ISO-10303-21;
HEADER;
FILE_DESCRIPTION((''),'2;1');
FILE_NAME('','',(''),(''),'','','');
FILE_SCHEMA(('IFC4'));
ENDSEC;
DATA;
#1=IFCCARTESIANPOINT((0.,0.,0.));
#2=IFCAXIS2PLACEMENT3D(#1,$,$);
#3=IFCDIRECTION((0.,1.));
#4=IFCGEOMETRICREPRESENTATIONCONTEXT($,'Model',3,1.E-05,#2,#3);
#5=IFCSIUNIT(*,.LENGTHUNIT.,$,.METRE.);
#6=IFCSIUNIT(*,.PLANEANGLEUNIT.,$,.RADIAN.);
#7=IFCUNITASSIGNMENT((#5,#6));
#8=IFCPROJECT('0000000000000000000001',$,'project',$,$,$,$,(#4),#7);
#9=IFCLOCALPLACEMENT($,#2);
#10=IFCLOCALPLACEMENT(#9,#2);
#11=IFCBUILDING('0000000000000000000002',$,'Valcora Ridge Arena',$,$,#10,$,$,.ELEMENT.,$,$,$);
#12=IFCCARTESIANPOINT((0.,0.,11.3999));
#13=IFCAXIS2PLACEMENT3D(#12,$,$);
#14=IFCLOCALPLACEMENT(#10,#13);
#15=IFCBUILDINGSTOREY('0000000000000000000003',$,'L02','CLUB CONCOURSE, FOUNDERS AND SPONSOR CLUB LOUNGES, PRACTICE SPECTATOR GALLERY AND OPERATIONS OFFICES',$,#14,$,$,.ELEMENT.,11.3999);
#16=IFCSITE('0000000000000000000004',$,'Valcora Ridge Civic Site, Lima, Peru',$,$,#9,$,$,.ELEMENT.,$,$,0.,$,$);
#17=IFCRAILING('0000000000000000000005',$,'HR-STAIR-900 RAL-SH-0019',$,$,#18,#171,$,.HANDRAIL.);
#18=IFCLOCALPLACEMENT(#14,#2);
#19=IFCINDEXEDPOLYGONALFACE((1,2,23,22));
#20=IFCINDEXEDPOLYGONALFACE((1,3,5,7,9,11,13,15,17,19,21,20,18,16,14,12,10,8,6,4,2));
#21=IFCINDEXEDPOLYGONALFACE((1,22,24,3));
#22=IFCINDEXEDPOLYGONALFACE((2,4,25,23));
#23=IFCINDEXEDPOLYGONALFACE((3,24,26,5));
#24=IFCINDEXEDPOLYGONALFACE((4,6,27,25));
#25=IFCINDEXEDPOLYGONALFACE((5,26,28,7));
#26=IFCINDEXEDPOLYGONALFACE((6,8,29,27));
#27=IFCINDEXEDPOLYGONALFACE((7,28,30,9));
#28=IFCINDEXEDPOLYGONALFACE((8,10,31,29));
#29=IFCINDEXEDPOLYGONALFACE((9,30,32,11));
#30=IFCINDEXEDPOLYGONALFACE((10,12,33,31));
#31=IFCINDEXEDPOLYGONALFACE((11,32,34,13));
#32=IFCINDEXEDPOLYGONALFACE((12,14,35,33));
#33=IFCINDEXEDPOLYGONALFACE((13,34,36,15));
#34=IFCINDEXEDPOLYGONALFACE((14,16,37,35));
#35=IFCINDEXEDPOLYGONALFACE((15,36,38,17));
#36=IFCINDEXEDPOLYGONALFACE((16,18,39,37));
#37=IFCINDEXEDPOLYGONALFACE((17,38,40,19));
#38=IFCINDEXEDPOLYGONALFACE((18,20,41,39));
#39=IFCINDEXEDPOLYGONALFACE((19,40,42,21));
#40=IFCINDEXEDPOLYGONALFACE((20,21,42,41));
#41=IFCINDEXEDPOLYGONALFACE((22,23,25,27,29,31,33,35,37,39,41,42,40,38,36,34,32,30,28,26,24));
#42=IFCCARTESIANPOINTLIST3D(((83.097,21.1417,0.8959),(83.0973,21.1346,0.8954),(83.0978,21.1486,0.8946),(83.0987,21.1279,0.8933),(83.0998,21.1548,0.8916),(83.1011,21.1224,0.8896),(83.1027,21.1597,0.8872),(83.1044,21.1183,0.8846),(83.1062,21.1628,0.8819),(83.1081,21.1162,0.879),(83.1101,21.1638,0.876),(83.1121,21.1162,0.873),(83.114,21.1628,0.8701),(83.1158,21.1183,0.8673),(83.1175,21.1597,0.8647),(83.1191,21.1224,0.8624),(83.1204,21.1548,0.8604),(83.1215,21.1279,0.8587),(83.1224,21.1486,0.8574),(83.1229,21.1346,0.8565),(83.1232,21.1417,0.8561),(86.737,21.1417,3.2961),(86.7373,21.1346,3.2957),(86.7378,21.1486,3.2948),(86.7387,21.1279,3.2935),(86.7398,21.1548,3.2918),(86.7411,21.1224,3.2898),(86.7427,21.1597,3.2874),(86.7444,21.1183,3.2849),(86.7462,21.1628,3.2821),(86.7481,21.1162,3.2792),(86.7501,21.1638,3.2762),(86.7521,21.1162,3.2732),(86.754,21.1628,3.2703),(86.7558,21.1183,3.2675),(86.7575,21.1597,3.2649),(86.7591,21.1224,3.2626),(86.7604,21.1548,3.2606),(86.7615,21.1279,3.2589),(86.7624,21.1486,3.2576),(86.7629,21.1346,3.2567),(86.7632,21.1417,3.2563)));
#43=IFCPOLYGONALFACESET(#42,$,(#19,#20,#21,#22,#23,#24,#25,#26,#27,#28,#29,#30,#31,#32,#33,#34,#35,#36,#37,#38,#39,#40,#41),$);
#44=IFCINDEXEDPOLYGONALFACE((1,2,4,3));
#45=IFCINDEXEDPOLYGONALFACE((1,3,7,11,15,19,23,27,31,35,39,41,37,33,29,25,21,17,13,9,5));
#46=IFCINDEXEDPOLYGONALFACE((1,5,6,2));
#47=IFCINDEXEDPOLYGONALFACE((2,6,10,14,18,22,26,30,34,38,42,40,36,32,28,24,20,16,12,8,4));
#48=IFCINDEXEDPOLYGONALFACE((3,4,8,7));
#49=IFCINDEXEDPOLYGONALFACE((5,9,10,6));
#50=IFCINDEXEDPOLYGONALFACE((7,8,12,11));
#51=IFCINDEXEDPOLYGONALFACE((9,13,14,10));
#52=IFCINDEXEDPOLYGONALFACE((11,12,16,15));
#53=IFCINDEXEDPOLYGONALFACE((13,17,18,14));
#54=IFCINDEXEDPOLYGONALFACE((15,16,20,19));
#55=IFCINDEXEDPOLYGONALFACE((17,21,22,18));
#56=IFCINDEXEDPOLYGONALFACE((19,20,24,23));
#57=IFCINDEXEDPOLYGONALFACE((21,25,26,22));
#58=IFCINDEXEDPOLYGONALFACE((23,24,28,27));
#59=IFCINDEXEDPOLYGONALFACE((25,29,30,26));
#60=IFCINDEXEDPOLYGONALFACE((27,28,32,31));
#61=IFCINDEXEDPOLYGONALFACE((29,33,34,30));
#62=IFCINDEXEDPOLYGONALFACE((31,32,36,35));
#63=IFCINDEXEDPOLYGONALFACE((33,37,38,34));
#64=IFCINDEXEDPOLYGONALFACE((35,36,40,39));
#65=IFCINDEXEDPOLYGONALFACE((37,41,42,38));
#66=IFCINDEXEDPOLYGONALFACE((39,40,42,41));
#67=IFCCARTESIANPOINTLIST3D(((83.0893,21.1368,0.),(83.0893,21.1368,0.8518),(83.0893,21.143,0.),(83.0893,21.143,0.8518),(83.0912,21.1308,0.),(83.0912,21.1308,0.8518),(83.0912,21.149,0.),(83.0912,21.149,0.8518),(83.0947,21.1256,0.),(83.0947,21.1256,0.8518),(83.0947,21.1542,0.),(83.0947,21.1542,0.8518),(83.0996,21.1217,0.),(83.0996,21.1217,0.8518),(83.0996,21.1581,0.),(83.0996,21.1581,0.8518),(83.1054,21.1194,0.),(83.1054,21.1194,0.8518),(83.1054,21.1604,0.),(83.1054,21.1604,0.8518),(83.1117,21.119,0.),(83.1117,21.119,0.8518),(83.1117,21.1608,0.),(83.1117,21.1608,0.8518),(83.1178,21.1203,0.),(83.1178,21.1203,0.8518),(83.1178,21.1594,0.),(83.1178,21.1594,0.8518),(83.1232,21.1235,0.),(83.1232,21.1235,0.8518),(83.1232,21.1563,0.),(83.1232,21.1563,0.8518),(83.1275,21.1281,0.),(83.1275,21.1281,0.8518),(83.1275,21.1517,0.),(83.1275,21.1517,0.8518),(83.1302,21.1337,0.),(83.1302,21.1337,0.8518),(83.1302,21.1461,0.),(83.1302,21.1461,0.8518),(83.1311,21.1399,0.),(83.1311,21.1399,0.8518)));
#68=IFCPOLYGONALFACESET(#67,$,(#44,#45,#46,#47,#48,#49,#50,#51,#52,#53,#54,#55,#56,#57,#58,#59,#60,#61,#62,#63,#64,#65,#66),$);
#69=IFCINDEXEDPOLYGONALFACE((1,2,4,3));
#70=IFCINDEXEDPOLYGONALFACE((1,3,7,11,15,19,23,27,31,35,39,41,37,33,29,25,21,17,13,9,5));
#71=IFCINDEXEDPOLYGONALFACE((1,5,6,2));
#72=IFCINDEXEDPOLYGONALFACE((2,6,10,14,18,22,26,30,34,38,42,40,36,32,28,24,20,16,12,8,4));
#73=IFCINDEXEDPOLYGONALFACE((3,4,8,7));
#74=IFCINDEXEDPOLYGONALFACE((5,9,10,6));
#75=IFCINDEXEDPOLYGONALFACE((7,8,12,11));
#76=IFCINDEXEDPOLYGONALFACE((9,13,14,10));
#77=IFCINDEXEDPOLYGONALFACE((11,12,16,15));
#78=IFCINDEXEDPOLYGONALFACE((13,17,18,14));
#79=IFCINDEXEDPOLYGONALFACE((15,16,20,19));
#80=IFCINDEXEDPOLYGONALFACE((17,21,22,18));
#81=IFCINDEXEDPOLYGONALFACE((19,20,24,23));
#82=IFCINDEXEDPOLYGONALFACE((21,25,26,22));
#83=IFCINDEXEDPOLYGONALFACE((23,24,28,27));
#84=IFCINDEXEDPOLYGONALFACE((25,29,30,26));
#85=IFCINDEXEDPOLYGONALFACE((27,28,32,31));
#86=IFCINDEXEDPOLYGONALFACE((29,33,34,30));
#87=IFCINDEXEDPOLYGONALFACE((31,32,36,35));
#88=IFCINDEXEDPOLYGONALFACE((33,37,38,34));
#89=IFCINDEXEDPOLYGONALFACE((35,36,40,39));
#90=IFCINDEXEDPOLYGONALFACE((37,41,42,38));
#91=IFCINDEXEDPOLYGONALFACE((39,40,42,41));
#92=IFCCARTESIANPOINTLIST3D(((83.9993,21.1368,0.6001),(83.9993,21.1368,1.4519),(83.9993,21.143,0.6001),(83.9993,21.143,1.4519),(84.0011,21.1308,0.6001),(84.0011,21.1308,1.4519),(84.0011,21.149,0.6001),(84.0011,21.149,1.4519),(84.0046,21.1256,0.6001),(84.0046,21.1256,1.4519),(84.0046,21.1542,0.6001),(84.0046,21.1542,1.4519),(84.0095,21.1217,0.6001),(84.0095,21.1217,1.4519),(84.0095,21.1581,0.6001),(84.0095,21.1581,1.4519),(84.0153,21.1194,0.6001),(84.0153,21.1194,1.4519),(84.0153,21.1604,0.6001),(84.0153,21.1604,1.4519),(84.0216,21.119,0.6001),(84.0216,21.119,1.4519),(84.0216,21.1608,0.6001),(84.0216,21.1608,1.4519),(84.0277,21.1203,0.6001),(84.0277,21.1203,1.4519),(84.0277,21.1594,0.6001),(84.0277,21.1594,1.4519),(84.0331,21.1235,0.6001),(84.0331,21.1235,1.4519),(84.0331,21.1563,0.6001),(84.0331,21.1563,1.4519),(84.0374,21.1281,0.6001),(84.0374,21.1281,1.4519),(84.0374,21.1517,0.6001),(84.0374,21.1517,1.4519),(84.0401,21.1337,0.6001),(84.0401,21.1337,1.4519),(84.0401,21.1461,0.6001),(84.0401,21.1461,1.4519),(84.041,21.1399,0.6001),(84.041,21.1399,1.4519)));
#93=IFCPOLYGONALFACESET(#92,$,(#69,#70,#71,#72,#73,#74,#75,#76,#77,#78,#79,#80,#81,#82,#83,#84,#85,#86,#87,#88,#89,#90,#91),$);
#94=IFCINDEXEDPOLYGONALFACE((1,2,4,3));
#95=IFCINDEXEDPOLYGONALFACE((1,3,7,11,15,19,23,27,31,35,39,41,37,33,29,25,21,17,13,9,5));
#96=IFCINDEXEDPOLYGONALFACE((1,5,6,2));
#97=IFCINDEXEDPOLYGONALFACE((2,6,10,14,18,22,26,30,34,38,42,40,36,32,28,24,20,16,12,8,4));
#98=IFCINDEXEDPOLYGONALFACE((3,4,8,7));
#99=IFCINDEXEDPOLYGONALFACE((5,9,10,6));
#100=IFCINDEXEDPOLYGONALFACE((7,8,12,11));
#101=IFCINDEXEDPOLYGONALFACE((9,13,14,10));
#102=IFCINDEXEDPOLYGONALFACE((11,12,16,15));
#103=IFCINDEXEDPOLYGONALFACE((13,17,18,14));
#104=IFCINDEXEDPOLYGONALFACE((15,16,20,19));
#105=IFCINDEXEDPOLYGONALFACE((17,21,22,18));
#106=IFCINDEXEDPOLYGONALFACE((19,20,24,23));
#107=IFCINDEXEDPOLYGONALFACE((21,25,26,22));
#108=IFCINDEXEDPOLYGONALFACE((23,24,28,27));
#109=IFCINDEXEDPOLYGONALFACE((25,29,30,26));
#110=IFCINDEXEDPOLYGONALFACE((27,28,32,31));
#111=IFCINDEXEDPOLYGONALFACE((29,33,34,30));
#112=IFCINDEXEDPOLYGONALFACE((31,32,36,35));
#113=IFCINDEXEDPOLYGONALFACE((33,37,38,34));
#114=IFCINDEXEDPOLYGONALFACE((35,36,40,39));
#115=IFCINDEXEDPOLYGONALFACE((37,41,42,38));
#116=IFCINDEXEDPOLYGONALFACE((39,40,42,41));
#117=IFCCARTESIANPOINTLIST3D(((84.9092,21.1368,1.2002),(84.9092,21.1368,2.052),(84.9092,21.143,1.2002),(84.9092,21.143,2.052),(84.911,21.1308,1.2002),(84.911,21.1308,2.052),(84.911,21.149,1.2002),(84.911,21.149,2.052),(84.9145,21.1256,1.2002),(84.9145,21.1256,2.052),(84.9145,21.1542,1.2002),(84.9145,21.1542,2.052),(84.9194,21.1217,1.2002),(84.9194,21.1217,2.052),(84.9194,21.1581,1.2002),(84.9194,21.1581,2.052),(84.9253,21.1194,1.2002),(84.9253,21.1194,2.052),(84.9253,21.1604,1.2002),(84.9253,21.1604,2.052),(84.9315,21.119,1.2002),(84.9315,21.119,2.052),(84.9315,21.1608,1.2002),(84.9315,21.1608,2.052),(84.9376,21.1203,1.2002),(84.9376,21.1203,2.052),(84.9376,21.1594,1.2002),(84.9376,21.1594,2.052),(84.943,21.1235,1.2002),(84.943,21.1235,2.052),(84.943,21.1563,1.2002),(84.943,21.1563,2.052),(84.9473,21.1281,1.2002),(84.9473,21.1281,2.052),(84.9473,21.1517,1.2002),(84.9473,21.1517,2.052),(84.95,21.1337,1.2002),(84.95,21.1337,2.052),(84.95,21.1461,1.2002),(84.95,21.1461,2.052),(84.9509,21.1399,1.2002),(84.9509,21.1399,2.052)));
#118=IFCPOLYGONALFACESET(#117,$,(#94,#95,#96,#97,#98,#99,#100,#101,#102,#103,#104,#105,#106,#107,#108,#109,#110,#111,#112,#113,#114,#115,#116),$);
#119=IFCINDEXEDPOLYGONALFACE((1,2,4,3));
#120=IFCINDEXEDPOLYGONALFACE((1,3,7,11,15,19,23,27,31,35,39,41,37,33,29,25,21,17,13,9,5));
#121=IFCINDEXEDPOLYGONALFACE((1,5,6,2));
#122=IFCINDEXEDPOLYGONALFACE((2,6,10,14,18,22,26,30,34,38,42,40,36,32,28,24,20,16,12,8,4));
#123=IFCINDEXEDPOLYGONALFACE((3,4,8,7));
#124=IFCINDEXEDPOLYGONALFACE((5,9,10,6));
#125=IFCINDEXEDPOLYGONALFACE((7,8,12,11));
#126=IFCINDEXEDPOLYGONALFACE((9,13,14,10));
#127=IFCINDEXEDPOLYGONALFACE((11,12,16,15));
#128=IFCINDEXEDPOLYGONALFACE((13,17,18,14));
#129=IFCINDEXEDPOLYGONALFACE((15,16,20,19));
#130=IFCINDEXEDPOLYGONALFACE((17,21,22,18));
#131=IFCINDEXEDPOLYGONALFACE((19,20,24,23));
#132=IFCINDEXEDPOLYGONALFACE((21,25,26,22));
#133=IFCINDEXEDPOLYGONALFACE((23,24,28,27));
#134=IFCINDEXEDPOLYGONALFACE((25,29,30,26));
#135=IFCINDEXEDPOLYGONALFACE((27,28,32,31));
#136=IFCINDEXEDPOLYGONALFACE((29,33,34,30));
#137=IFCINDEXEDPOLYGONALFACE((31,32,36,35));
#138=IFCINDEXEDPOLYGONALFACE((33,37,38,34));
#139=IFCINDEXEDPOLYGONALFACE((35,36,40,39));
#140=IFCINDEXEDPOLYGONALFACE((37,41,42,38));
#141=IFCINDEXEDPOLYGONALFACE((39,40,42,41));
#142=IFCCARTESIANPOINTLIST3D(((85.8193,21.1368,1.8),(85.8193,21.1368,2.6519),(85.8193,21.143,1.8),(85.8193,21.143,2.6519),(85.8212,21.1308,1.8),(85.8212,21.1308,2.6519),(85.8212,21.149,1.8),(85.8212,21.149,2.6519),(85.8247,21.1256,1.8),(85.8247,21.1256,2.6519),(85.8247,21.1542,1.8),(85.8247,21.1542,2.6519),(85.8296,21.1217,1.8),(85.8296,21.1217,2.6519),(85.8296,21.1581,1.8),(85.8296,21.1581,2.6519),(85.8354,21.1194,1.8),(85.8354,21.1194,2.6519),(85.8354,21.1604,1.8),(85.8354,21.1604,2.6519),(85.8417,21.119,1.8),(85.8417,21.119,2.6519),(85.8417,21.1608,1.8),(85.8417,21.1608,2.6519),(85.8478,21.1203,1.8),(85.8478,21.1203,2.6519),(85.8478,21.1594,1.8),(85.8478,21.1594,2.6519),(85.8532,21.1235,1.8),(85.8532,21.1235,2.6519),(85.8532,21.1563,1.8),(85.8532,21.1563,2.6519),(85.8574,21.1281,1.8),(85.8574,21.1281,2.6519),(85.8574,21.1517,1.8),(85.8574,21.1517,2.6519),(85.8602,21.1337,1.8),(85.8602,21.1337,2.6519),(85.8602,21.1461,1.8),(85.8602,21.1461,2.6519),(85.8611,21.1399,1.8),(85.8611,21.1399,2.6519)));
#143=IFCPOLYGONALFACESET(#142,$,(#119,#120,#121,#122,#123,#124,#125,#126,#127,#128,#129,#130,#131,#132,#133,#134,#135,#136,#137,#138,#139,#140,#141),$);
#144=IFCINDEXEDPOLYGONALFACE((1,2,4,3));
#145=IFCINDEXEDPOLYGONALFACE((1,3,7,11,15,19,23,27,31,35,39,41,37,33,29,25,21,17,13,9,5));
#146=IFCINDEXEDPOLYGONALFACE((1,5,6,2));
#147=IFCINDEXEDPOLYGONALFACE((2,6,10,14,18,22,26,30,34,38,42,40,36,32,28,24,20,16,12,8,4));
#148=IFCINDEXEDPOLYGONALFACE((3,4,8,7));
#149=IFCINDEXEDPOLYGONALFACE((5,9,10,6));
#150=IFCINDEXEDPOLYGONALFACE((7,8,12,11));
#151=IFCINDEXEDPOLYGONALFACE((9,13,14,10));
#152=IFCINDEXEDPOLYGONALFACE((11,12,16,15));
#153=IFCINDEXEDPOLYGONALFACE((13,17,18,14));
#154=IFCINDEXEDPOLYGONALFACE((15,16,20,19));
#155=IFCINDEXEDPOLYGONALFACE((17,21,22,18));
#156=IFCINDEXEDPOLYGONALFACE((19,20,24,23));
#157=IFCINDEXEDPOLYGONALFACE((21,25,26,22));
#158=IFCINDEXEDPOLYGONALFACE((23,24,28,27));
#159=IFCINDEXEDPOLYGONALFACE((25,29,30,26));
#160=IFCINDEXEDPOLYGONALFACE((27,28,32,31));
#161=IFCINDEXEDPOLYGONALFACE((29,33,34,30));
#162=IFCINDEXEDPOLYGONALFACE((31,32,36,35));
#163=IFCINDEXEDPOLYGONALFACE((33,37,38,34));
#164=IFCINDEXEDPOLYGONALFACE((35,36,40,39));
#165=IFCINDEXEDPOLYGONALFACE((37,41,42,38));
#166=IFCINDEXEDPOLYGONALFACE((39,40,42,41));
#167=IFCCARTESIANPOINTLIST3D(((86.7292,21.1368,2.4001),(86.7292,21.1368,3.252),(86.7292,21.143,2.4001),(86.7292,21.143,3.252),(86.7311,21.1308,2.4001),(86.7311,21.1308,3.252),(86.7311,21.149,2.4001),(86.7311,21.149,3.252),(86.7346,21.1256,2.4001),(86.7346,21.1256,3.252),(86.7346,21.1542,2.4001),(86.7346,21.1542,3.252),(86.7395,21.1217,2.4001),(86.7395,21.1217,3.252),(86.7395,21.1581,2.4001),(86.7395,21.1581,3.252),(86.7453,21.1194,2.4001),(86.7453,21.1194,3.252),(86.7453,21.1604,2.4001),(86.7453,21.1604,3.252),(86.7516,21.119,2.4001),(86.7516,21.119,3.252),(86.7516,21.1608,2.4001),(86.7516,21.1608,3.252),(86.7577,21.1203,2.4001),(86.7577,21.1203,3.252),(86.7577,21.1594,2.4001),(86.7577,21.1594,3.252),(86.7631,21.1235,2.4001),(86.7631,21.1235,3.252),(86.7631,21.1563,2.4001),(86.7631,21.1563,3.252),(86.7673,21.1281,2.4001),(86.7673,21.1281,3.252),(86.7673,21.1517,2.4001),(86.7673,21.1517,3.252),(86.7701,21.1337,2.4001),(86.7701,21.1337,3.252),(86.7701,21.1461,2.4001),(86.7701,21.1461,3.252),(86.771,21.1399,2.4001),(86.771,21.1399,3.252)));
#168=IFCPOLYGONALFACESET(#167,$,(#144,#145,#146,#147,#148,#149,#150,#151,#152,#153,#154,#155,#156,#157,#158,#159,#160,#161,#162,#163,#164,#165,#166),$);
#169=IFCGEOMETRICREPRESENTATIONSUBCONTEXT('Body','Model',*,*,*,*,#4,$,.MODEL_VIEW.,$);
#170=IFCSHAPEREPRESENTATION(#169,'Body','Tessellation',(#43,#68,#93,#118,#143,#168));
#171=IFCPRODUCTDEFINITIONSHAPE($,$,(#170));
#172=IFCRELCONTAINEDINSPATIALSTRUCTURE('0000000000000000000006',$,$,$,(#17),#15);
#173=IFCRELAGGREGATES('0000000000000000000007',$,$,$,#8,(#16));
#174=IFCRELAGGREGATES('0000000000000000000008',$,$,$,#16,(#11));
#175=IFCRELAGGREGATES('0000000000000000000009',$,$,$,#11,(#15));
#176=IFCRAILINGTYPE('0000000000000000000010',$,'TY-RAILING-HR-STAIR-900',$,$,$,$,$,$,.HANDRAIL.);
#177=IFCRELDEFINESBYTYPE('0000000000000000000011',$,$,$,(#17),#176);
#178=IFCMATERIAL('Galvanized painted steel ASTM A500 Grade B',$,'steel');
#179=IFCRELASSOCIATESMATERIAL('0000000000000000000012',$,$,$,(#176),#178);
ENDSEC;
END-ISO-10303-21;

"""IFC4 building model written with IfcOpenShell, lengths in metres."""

from ifc_helpers import new_model, si_unit, direction, frame, origin, origin_2d, place, context, subcontext, project, spatial, circle, extrude, material, type_object, element, save


model = new_model("IFC4")

# Units and contexts
model_context = context("Model", 3, precision=1e-05, world=origin(), true_north=direction((0.0, 1.0)))
body_context = subcontext(model_context, "Body", "Model", "MODEL_VIEW")
ifc_project = project(units=[si_unit("LENGTHUNIT", "METRE"), si_unit("PLANEANGLEUNIT", "RADIAN")], contexts=[model_context])

# Site, building, storey
site_placement = place(None, origin())
site = spatial("IfcSite", under=ifc_project, at=site_placement, Name="Valcora Ridge Civic Site, Lima, Peru", CompositionType="ELEMENT", RefElevation=0.0)
building_placement = place(site_placement, origin())
building = spatial("IfcBuilding", under=site, at=building_placement, Name="Valcora Ridge Arena", CompositionType="ELEMENT")
storey_placement = place(building_placement, frame((0.0, 0.0, 11.3999)))
storey = spatial("IfcBuildingStorey", under=building, at=storey_placement, Name="L02", Description="CLUB CONCOURSE, FOUNDERS AND SPONSOR CLUB LOUNGES, PRACTICE SPECTATOR GALLERY AND OPERATIONS OFFICES", CompositionType="ELEMENT", Elevation=11.3999)

# Railing
ifc_material_1 = material(Name="Galvanized painted steel ASTM A500 Grade B", Category="steel")
railing_type_1 = type_object("IfcRailingType", Name="TY-RAILING-HR-STAIR-900", PredefinedType="HANDRAIL", material=ifc_material_1)
railing_1_placement = place(storey_placement, frame((83.1101, 21.1399, 0.0)))
element("IfcRailing", 1, at=railing_1_placement, inside=storey, type_object=railing_type_1, Name="HR-STAIR-900 RAL-SH-0019", PredefinedType="HANDRAIL", context=body_context, shape_type="SweptSolid", body=[
    extrude(circle(Radius=0.0239, at=origin_2d()), frame((0.0, 0.0, 0.876), z_axis=(0.834839, 0.0, 0.550493), x_axis=(0.0, 1.0, 0.0)), (0.0, 0.0, 1.0), 4.3601),
    extrude(circle(Radius=0.021, at=origin_2d()), origin(), (0.0, 0.0, 1.0), 0.8518),
    extrude(circle(Radius=0.021, at=origin_2d()), frame((0.9099, 0.0, 0.6001)), (0.0, 0.0, 1.0), 0.8518),
    extrude(circle(Radius=0.021, at=origin_2d()), frame((1.8198, 0.0, 1.2002)), (0.0, 0.0, 1.0), 0.8518),
    extrude(circle(Radius=0.021, at=origin_2d()), frame((2.73, 0.0, 1.8)), (0.0, 0.0, 1.0), 0.8518),
    extrude(circle(Radius=0.021, at=origin_2d()), frame((3.6399, 0.0, 2.4001)), (0.0, 0.0, 1.0), 0.8518),
])

save(model, "model.ifc")
